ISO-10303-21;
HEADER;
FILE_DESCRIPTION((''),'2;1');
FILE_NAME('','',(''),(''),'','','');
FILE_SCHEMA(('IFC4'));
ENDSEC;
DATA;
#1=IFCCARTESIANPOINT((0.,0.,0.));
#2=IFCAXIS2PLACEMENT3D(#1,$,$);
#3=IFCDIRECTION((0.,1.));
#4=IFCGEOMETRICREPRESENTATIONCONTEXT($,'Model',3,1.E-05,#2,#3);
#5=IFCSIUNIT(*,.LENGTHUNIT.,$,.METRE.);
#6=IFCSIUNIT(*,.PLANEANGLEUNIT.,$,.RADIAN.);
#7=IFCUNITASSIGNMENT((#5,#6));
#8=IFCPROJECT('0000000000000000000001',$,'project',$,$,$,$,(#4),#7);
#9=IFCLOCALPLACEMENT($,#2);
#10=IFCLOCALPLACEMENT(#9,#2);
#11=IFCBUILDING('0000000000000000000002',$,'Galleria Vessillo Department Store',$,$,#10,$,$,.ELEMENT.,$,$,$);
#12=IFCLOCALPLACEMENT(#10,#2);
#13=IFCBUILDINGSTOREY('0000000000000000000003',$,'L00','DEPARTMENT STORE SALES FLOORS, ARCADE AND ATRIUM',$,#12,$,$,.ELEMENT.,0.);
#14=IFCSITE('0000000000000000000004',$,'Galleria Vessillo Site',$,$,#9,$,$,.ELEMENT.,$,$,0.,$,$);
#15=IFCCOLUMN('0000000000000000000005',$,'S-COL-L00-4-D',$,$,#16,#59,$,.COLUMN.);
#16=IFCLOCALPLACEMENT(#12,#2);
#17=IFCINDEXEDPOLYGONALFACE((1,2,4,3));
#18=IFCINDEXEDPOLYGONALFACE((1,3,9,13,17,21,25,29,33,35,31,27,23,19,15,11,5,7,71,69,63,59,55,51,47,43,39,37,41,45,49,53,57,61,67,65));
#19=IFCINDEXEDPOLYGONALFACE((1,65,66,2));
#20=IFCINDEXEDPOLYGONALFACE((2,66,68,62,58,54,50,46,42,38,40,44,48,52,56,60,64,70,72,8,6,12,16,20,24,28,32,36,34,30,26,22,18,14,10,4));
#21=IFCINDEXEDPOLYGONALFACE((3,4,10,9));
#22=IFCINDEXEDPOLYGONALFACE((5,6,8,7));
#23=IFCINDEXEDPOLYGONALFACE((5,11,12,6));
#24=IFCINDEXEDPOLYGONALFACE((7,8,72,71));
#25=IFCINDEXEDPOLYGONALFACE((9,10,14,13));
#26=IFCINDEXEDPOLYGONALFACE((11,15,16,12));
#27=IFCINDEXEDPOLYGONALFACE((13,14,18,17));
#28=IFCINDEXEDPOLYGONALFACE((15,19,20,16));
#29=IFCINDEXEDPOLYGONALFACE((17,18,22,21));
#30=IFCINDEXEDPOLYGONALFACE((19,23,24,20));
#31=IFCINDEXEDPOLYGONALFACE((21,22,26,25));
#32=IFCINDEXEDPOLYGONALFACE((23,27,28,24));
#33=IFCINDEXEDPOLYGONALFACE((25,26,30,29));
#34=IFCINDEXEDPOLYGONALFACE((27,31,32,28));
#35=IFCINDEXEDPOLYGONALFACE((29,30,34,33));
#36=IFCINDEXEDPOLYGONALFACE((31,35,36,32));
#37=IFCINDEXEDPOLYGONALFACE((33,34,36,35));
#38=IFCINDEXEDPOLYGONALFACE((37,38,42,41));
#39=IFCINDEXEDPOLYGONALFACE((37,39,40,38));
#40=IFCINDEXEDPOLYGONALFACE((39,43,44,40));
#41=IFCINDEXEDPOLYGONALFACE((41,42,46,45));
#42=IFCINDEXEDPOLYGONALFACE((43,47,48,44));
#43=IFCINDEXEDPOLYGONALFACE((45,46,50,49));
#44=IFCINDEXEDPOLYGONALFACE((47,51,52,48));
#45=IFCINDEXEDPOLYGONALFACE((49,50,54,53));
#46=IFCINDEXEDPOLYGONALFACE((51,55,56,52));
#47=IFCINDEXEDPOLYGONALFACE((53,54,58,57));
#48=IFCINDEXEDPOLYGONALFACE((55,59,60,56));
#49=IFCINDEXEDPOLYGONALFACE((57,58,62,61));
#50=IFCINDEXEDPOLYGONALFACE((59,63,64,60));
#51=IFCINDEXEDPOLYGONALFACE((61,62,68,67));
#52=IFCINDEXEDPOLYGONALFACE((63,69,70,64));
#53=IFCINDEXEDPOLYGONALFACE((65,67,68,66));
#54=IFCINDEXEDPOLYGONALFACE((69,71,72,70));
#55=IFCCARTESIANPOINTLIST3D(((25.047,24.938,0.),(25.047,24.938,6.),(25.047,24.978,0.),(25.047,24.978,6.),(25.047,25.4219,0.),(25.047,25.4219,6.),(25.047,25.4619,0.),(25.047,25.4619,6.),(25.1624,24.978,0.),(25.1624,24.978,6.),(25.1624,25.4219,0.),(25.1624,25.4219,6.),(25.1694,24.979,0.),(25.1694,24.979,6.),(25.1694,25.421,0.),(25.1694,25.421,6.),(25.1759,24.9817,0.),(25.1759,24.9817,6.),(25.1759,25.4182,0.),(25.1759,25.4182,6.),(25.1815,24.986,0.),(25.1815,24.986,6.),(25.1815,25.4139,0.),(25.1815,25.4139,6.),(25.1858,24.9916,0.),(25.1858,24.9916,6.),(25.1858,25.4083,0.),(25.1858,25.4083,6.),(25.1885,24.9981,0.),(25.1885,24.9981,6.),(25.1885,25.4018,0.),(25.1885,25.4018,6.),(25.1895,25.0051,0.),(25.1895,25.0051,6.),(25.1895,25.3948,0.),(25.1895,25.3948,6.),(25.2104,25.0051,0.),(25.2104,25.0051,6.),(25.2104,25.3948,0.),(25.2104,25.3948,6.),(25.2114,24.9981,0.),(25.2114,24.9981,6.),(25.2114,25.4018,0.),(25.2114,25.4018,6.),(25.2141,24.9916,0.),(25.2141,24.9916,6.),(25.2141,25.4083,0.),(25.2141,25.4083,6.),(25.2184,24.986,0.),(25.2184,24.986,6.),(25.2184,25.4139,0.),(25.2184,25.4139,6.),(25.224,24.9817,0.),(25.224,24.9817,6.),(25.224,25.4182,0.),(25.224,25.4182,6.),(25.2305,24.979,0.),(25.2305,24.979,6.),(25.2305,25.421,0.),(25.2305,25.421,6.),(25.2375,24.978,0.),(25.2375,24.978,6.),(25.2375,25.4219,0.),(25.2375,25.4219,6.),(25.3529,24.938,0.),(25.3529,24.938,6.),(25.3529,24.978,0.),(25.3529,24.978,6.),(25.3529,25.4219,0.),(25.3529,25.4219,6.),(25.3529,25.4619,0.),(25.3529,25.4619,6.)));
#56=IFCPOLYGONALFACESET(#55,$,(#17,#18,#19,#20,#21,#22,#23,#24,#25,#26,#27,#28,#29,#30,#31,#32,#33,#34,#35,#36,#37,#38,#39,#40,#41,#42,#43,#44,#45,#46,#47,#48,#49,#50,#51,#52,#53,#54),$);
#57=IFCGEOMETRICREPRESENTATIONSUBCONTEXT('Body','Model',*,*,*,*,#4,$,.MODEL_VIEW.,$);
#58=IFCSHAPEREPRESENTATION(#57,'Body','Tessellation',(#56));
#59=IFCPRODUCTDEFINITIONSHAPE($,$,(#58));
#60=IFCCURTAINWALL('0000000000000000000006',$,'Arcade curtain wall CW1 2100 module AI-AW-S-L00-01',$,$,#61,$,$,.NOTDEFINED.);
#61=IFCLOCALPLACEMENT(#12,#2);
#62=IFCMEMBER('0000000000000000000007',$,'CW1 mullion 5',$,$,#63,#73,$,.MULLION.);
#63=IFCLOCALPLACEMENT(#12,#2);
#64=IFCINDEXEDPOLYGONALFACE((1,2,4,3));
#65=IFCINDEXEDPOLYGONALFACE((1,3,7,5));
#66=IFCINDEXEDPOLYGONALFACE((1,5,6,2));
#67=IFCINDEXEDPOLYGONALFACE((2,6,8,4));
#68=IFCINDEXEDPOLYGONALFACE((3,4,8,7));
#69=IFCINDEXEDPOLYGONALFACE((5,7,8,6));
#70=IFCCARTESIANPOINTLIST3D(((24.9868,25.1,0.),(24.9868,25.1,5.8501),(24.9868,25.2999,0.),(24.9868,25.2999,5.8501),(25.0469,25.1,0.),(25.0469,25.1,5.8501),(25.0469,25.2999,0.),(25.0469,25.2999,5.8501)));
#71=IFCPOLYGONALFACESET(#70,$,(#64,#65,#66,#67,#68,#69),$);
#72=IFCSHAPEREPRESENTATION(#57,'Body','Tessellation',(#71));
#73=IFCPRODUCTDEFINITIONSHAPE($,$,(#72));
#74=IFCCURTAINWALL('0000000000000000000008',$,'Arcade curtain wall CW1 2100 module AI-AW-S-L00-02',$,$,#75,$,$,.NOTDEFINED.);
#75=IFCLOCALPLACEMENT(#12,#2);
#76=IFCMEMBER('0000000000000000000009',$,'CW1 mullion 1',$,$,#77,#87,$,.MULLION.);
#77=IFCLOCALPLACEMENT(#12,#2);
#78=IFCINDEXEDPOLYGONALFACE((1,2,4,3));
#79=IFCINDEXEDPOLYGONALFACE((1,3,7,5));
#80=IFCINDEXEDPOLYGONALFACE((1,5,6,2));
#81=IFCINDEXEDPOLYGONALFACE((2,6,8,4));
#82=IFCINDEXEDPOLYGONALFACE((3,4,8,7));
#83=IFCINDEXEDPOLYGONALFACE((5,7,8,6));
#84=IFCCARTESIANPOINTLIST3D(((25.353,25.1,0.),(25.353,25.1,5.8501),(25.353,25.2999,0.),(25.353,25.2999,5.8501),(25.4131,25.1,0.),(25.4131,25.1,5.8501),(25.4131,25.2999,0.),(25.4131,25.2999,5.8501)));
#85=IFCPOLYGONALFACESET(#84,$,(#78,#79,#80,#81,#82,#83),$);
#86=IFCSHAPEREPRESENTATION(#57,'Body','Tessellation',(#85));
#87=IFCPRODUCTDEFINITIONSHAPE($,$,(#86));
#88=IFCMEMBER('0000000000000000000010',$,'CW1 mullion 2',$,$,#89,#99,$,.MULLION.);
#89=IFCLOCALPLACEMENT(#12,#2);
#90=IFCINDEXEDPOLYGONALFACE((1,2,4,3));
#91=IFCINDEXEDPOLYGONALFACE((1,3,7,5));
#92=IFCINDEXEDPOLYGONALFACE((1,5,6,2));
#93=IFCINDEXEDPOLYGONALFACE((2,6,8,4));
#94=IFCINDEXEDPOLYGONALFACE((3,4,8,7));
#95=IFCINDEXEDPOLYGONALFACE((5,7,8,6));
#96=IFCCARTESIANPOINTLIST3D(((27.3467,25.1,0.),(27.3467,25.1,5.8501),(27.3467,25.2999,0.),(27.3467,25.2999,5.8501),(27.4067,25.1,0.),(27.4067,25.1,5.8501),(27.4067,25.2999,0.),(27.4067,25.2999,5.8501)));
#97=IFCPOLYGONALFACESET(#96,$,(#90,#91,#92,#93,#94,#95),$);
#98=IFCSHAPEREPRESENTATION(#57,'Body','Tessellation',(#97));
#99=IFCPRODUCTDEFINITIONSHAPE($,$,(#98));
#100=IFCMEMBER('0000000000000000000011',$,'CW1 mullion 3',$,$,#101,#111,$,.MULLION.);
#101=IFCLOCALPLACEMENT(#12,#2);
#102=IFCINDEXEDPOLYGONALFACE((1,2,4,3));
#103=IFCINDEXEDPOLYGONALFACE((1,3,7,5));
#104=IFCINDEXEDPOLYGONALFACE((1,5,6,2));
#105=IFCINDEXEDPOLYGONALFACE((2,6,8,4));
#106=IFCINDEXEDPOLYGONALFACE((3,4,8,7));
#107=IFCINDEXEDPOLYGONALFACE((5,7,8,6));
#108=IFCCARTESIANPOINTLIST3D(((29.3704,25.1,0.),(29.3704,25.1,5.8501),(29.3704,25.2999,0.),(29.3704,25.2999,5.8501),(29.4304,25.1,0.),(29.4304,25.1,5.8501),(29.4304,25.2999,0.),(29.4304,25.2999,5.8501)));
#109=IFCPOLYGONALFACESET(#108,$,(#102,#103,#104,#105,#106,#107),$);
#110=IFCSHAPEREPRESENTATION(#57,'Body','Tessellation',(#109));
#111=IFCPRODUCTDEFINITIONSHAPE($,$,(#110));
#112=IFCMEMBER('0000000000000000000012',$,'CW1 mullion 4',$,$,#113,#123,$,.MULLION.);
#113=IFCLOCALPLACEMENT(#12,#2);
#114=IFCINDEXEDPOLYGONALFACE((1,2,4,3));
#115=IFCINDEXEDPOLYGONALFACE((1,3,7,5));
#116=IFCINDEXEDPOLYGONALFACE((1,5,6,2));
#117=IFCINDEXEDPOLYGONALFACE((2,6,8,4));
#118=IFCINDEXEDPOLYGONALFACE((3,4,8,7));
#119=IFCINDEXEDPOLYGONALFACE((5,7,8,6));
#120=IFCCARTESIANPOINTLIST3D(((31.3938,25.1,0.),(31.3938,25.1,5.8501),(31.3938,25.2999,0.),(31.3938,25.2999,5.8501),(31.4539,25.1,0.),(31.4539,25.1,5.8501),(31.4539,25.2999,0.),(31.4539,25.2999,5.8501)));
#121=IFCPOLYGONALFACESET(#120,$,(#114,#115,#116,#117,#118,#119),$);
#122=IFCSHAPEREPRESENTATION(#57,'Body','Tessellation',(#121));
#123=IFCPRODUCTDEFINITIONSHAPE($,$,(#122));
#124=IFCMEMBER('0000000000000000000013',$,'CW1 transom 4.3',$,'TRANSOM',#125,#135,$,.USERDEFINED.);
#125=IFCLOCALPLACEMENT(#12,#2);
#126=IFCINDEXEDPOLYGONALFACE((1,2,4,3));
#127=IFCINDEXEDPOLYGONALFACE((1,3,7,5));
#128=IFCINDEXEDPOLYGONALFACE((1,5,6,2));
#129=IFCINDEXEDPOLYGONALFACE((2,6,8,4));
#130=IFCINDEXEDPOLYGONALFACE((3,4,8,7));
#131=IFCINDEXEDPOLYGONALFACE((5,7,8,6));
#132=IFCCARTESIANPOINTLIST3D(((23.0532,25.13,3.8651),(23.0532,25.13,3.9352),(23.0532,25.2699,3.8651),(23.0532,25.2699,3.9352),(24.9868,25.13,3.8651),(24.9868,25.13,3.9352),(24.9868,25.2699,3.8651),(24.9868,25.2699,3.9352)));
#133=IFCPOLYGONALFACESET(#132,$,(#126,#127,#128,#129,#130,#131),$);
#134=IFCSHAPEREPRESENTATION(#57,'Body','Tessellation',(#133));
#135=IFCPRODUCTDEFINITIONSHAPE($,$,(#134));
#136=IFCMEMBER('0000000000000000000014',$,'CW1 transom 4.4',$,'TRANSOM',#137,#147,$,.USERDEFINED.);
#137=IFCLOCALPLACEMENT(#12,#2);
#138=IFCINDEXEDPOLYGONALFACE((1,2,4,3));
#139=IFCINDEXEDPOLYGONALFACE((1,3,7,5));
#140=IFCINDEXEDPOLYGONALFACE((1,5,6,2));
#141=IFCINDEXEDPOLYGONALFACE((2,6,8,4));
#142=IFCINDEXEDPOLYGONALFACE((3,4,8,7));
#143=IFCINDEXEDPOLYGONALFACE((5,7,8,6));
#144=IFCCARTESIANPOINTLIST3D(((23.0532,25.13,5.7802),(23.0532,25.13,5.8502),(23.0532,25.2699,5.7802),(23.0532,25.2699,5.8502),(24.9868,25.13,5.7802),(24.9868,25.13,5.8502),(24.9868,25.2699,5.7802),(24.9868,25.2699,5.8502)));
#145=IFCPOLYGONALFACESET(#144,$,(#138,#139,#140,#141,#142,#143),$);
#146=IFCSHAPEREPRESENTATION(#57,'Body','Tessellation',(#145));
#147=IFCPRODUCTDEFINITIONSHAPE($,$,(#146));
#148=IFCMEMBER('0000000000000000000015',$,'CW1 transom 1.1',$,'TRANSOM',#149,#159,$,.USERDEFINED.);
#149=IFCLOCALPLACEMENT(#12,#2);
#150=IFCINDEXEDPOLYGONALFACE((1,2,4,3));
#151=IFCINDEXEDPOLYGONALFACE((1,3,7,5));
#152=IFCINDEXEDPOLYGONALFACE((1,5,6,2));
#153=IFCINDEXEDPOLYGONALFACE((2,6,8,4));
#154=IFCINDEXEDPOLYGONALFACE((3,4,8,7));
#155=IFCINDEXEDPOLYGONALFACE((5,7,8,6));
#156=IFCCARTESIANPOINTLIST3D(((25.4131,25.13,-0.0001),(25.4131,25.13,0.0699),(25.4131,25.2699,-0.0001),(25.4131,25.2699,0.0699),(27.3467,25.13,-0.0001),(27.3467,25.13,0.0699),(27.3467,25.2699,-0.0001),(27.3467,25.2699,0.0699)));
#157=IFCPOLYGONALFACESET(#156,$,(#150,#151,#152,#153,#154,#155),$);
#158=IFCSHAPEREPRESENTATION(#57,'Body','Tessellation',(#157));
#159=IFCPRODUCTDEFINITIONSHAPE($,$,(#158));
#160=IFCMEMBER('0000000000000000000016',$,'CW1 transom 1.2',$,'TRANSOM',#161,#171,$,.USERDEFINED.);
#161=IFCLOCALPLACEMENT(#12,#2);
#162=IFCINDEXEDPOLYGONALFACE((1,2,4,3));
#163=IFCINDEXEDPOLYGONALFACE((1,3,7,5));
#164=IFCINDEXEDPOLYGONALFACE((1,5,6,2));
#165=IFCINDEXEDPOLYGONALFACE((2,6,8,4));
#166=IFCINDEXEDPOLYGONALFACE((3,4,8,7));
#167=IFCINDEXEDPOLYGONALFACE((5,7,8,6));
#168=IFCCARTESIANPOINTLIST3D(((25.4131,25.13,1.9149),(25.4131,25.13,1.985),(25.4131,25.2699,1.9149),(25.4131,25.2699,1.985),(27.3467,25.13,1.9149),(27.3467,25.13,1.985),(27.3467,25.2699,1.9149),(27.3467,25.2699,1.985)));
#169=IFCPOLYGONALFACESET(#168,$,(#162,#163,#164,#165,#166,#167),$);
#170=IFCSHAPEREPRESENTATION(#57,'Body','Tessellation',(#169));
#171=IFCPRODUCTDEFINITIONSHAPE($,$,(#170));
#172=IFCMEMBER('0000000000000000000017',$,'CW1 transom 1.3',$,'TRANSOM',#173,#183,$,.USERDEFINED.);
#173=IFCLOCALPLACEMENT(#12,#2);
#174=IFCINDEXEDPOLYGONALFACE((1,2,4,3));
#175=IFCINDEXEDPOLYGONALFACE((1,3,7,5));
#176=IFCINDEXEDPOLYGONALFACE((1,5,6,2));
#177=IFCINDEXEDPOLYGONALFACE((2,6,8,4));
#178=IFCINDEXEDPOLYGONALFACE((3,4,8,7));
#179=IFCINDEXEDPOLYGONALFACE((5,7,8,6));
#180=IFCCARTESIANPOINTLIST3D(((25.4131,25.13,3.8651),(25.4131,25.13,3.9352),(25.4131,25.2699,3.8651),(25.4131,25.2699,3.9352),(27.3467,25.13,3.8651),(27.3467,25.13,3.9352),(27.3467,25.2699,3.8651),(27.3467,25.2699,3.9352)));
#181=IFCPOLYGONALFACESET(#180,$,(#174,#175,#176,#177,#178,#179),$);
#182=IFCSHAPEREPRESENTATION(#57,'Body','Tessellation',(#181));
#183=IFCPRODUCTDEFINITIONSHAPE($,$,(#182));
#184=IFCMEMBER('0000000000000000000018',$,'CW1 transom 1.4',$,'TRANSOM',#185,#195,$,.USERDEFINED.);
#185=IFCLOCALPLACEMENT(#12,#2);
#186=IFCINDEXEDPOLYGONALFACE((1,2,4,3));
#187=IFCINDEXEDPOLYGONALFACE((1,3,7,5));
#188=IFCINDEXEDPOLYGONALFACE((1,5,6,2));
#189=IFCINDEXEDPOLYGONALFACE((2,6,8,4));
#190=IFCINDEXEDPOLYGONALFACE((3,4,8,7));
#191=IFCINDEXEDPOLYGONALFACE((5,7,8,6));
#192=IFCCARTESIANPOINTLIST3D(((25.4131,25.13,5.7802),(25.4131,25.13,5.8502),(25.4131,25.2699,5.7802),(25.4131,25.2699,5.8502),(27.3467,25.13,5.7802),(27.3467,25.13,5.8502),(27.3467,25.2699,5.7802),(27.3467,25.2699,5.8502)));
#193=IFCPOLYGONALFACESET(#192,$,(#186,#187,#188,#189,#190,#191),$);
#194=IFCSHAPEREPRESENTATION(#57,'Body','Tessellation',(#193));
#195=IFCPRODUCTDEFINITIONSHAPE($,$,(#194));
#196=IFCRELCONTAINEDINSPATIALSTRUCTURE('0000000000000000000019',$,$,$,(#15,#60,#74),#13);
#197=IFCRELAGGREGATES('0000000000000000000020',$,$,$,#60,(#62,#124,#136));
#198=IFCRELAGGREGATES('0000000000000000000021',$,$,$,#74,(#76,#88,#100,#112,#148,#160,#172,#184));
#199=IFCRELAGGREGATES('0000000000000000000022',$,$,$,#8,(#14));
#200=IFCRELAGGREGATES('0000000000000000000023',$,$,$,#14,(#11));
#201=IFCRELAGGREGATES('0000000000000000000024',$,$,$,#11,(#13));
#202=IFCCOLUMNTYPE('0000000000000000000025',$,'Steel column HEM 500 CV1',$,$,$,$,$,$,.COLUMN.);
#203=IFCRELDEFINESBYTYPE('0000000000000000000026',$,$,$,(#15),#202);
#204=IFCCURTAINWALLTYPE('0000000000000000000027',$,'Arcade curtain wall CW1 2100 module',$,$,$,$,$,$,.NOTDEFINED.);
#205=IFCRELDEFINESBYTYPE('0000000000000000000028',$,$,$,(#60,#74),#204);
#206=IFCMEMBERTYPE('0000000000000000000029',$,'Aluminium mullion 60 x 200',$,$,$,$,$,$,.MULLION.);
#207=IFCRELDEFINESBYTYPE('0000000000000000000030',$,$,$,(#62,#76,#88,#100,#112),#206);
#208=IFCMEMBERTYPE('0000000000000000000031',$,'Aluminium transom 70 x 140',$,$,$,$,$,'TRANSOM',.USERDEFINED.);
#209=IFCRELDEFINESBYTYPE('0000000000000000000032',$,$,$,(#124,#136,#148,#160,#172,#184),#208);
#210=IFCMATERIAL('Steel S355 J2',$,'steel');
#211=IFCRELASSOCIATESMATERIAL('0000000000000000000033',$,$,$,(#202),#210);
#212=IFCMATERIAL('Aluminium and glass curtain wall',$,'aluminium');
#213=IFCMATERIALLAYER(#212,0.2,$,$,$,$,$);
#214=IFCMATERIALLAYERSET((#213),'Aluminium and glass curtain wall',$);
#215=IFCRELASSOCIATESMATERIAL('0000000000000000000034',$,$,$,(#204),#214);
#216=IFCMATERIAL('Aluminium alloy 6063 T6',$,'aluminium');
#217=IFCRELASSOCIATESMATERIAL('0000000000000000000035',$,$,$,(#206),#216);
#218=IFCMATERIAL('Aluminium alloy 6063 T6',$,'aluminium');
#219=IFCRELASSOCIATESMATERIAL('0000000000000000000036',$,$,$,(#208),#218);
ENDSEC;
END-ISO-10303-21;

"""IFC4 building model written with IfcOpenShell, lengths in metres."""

from ifc_helpers import new_model, si_unit, direction, frame, origin, origin_2d, place, context, subcontext, project, spatial, rectangle, i_section, extrude, material, layer, layer_set, material_profile, profile_set, type_object, element, aggregate, save


model = new_model("IFC4")

# Units and contexts
model_context = context("Model", 3, precision=1e-05, world=origin(), true_north=direction((0.0, 1.0)))
body_context = subcontext(model_context, "Body", "Model", "MODEL_VIEW")
ifc_project = project(units=[si_unit("LENGTHUNIT", "METRE"), si_unit("PLANEANGLEUNIT", "RADIAN")], contexts=[model_context])

# Site, building, storey
site_placement = place(None, origin())
site = spatial("IfcSite", under=ifc_project, at=site_placement, Name="Galleria Vessillo Site", CompositionType="ELEMENT", RefElevation=0.0)
building_placement = place(site_placement, origin())
building = spatial("IfcBuilding", under=site, at=building_placement, Name="Galleria Vessillo Department Store", CompositionType="ELEMENT")
storey_placement = place(building_placement, origin())
storey = spatial("IfcBuildingStorey", under=building, at=storey_placement, Name="L00", Description="DEPARTMENT STORE SALES FLOORS, ARCADE AND ATRIUM", CompositionType="ELEMENT", Elevation=0.0)

# Column
ifc_material_1 = material(Name="Steel S355 J2", Category="steel")
ifc_material_profile_1 = material_profile(ifc_material_1, i_section(OverallWidth=0.3059, OverallDepth=0.5239, WebThickness=0.021, FlangeThickness=0.04, FilletRadius=0.0271, at=origin_2d()), Name="HEM 500")
ifc_profile_set_1 = profile_set([ifc_material_profile_1], Name="Steel S355 J2")
column_type = type_object("IfcColumnType", Name="Steel column HEM 500 CV1", PredefinedType="COLUMN", material=ifc_profile_set_1)
column_placement = place(storey_placement, frame((25.2, 25.2, 0.0), z_axis=(0.0, 0.0, 1.0), x_axis=(1.0, 0.0, 0.0)))
element("IfcColumn", 1, at=column_placement, inside=storey, type_object=column_type, Name="S-COL-L00-4-D", PredefinedType="COLUMN", context=body_context, shape_type="SweptSolid", body=[
    extrude(i_section(OverallWidth=0.3059, OverallDepth=0.5239, WebThickness=0.021, FlangeThickness=0.04, FilletRadius=0.0271, at=origin_2d()), origin(), (0.0, 0.0, 1.0), 6.0),
])

# Curtain wall, member
ifc_material_2 = material(Name="Aluminium and glass curtain wall", Category="aluminium")
ifc_layer_1 = layer(ifc_material_2, 0.2)
ifc_layer_set_1 = layer_set([ifc_layer_1], Name="Aluminium and glass curtain wall")
curtain_wall_type = type_object("IfcCurtainWallType", Name="Arcade curtain wall CW1 2100 module", PredefinedType="NOTDEFINED", material=ifc_layer_set_1)
curtain_wall_1_placement = place(storey_placement, origin())
curtain_wall_1 = element("IfcCurtainWall", 2, at=curtain_wall_1_placement, inside=storey, type_object=curtain_wall_type, Name="Arcade curtain wall CW1 2100 module AI-AW-S-L00-01", PredefinedType="NOTDEFINED")
ifc_material_3 = material(Name="Aluminium alloy 6063 T6", Category="aluminium")
ifc_material_profile_2 = material_profile(ifc_material_3, rectangle(XDim=0.2, YDim=0.0601, at=origin_2d()), Name="AL 60x200")
ifc_profile_set_2 = profile_set([ifc_material_profile_2], Name="Aluminium alloy 6063 T6")
member_type_1 = type_object("IfcMemberType", Name="Aluminium mullion 60 x 200", PredefinedType="MULLION", material=ifc_profile_set_2)
member_1_placement = place(storey_placement, frame((25.0168, 25.2, 0.0), z_axis=(0.0, 0.0, 1.0), x_axis=(0.0, 1.0, 0.0)))
member_1 = element("IfcMember", 3, at=member_1_placement, type_object=member_type_1, Name="CW1 mullion 5", PredefinedType="MULLION", context=body_context, shape_type="SweptSolid", body=[
    extrude(rectangle(XDim=0.2, YDim=0.0601, at=origin_2d()), origin(), (0.0, 0.0, 1.0), 5.8501),
])

# Curtain wall, members
curtain_wall_2_placement = place(storey_placement, origin())
curtain_wall_2 = element("IfcCurtainWall", 4, at=curtain_wall_2_placement, inside=storey, type_object=curtain_wall_type, Name="Arcade curtain wall CW1 2100 module AI-AW-S-L00-02", PredefinedType="NOTDEFINED")
member_2_placement = place(storey_placement, frame((25.3831, 25.2, 0.0), z_axis=(0.0, 0.0, 1.0), x_axis=(0.0, 1.0, 0.0)))
member_2 = element("IfcMember", 5, at=member_2_placement, type_object=member_type_1, Name="CW1 mullion 1", PredefinedType="MULLION", context=body_context, shape_type="SweptSolid", body=[
    extrude(rectangle(XDim=0.2, YDim=0.0601, at=origin_2d()), origin(), (0.0, 0.0, 1.0), 5.8501),
])
member_3_placement = place(storey_placement, frame((27.3767, 25.2, 0.0), z_axis=(0.0, 0.0, 1.0), x_axis=(0.0, 1.0, 0.0)))
member_3 = element("IfcMember", 6, at=member_3_placement, type_object=member_type_1, Name="CW1 mullion 2", PredefinedType="MULLION", context=body_context, shape_type="SweptSolid", body=[
    extrude(rectangle(XDim=0.2, YDim=0.0601, at=origin_2d()), origin(), (0.0, 0.0, 1.0), 5.8501),
])
member_4_placement = place(storey_placement, frame((29.4004, 25.2, 0.0), z_axis=(0.0, 0.0, 1.0), x_axis=(0.0, 1.0, 0.0)))
member_4 = element("IfcMember", 7, at=member_4_placement, type_object=member_type_1, Name="CW1 mullion 3", PredefinedType="MULLION", context=body_context, shape_type="SweptSolid", body=[
    extrude(rectangle(XDim=0.2, YDim=0.0601, at=origin_2d()), origin(), (0.0, 0.0, 1.0), 5.8501),
])
member_5_placement = place(storey_placement, frame((31.4238, 25.2, 0.0), z_axis=(0.0, 0.0, 1.0), x_axis=(0.0, 1.0, 0.0)))
member_5 = element("IfcMember", 8, at=member_5_placement, type_object=member_type_1, Name="CW1 mullion 4", PredefinedType="MULLION", context=body_context, shape_type="SweptSolid", body=[
    extrude(rectangle(XDim=0.2, YDim=0.0601, at=origin_2d()), origin(), (0.0, 0.0, 1.0), 5.8501),
])

# Members
ifc_material_4 = material(Name="Aluminium alloy 6063 T6", Category="aluminium")
ifc_material_profile_3 = material_profile(ifc_material_4, rectangle(XDim=0.1399, YDim=0.0701, at=origin_2d()), Name="AL 70x140")
ifc_profile_set_3 = profile_set([ifc_material_profile_3], Name="Aluminium alloy 6063 T6")
member_type_2 = type_object("IfcMemberType", Name="Aluminium transom 70 x 140", ElementType="TRANSOM", PredefinedType="USERDEFINED", material=ifc_profile_set_3)
member_6_placement = place(storey_placement, frame((23.0532, 25.2, 3.9001), z_axis=(1.0, 0.0, 0.0), x_axis=(0.0, 1.0, 0.0)))
member_6 = element("IfcMember", 9, at=member_6_placement, type_object=member_type_2, Name="CW1 transom 4.3", ObjectType="TRANSOM", PredefinedType="USERDEFINED", context=body_context, shape_type="SweptSolid", body=[
    extrude(rectangle(XDim=0.1399, YDim=0.0701, at=origin_2d()), origin(), (0.0, 0.0, 1.0), 1.9336),
])
member_7_placement = place(storey_placement, frame((23.0532, 25.2, 5.8152), z_axis=(1.0, 0.0, 0.0), x_axis=(0.0, 1.0, 0.0)))
member_7 = element("IfcMember", 10, at=member_7_placement, type_object=member_type_2, Name="CW1 transom 4.4", ObjectType="TRANSOM", PredefinedType="USERDEFINED", context=body_context, shape_type="SweptSolid", body=[
    extrude(rectangle(XDim=0.1399, YDim=0.0701, at=origin_2d()), origin(), (0.0, 0.0, 1.0), 1.9336),
])
member_8_placement = place(storey_placement, frame((25.4131, 25.2, 0.0349), z_axis=(1.0, 0.0, 0.0), x_axis=(0.0, 1.0, 0.0)))
member_8 = element("IfcMember", 11, at=member_8_placement, type_object=member_type_2, Name="CW1 transom 1.1", ObjectType="TRANSOM", PredefinedType="USERDEFINED", context=body_context, shape_type="SweptSolid", body=[
    extrude(rectangle(XDim=0.1399, YDim=0.0701, at=origin_2d()), origin(), (0.0, 0.0, 1.0), 1.9336),
])
member_9_placement = place(storey_placement, frame((25.4131, 25.2, 1.95), z_axis=(1.0, 0.0, 0.0), x_axis=(0.0, 1.0, 0.0)))
member_9 = element("IfcMember", 12, at=member_9_placement, type_object=member_type_2, Name="CW1 transom 1.2", ObjectType="TRANSOM", PredefinedType="USERDEFINED", context=body_context, shape_type="SweptSolid", body=[
    extrude(rectangle(XDim=0.1399, YDim=0.0701, at=origin_2d()), origin(), (0.0, 0.0, 1.0), 1.9336),
])
member_10_placement = place(storey_placement, frame((25.4131, 25.2, 3.9001), z_axis=(1.0, 0.0, 0.0), x_axis=(0.0, 1.0, 0.0)))
member_10 = element("IfcMember", 13, at=member_10_placement, type_object=member_type_2, Name="CW1 transom 1.3", ObjectType="TRANSOM", PredefinedType="USERDEFINED", context=body_context, shape_type="SweptSolid", body=[
    extrude(rectangle(XDim=0.1399, YDim=0.0701, at=origin_2d()), origin(), (0.0, 0.0, 1.0), 1.9336),
])
member_11_placement = place(storey_placement, frame((25.4131, 25.2, 5.8152), z_axis=(1.0, 0.0, 0.0), x_axis=(0.0, 1.0, 0.0)))
member_11 = element("IfcMember", 14, at=member_11_placement, type_object=member_type_2, Name="CW1 transom 1.4", ObjectType="TRANSOM", PredefinedType="USERDEFINED", context=body_context, shape_type="SweptSolid", body=[
    extrude(rectangle(XDim=0.1399, YDim=0.0701, at=origin_2d()), origin(), (0.0, 0.0, 1.0), 1.9336),
])

aggregate(curtain_wall_1, [member_1, member_6, member_7])
aggregate(curtain_wall_2, [member_2, member_3, member_4, member_5, member_8, member_9, member_10, member_11])

save(model, "model.ifc")
